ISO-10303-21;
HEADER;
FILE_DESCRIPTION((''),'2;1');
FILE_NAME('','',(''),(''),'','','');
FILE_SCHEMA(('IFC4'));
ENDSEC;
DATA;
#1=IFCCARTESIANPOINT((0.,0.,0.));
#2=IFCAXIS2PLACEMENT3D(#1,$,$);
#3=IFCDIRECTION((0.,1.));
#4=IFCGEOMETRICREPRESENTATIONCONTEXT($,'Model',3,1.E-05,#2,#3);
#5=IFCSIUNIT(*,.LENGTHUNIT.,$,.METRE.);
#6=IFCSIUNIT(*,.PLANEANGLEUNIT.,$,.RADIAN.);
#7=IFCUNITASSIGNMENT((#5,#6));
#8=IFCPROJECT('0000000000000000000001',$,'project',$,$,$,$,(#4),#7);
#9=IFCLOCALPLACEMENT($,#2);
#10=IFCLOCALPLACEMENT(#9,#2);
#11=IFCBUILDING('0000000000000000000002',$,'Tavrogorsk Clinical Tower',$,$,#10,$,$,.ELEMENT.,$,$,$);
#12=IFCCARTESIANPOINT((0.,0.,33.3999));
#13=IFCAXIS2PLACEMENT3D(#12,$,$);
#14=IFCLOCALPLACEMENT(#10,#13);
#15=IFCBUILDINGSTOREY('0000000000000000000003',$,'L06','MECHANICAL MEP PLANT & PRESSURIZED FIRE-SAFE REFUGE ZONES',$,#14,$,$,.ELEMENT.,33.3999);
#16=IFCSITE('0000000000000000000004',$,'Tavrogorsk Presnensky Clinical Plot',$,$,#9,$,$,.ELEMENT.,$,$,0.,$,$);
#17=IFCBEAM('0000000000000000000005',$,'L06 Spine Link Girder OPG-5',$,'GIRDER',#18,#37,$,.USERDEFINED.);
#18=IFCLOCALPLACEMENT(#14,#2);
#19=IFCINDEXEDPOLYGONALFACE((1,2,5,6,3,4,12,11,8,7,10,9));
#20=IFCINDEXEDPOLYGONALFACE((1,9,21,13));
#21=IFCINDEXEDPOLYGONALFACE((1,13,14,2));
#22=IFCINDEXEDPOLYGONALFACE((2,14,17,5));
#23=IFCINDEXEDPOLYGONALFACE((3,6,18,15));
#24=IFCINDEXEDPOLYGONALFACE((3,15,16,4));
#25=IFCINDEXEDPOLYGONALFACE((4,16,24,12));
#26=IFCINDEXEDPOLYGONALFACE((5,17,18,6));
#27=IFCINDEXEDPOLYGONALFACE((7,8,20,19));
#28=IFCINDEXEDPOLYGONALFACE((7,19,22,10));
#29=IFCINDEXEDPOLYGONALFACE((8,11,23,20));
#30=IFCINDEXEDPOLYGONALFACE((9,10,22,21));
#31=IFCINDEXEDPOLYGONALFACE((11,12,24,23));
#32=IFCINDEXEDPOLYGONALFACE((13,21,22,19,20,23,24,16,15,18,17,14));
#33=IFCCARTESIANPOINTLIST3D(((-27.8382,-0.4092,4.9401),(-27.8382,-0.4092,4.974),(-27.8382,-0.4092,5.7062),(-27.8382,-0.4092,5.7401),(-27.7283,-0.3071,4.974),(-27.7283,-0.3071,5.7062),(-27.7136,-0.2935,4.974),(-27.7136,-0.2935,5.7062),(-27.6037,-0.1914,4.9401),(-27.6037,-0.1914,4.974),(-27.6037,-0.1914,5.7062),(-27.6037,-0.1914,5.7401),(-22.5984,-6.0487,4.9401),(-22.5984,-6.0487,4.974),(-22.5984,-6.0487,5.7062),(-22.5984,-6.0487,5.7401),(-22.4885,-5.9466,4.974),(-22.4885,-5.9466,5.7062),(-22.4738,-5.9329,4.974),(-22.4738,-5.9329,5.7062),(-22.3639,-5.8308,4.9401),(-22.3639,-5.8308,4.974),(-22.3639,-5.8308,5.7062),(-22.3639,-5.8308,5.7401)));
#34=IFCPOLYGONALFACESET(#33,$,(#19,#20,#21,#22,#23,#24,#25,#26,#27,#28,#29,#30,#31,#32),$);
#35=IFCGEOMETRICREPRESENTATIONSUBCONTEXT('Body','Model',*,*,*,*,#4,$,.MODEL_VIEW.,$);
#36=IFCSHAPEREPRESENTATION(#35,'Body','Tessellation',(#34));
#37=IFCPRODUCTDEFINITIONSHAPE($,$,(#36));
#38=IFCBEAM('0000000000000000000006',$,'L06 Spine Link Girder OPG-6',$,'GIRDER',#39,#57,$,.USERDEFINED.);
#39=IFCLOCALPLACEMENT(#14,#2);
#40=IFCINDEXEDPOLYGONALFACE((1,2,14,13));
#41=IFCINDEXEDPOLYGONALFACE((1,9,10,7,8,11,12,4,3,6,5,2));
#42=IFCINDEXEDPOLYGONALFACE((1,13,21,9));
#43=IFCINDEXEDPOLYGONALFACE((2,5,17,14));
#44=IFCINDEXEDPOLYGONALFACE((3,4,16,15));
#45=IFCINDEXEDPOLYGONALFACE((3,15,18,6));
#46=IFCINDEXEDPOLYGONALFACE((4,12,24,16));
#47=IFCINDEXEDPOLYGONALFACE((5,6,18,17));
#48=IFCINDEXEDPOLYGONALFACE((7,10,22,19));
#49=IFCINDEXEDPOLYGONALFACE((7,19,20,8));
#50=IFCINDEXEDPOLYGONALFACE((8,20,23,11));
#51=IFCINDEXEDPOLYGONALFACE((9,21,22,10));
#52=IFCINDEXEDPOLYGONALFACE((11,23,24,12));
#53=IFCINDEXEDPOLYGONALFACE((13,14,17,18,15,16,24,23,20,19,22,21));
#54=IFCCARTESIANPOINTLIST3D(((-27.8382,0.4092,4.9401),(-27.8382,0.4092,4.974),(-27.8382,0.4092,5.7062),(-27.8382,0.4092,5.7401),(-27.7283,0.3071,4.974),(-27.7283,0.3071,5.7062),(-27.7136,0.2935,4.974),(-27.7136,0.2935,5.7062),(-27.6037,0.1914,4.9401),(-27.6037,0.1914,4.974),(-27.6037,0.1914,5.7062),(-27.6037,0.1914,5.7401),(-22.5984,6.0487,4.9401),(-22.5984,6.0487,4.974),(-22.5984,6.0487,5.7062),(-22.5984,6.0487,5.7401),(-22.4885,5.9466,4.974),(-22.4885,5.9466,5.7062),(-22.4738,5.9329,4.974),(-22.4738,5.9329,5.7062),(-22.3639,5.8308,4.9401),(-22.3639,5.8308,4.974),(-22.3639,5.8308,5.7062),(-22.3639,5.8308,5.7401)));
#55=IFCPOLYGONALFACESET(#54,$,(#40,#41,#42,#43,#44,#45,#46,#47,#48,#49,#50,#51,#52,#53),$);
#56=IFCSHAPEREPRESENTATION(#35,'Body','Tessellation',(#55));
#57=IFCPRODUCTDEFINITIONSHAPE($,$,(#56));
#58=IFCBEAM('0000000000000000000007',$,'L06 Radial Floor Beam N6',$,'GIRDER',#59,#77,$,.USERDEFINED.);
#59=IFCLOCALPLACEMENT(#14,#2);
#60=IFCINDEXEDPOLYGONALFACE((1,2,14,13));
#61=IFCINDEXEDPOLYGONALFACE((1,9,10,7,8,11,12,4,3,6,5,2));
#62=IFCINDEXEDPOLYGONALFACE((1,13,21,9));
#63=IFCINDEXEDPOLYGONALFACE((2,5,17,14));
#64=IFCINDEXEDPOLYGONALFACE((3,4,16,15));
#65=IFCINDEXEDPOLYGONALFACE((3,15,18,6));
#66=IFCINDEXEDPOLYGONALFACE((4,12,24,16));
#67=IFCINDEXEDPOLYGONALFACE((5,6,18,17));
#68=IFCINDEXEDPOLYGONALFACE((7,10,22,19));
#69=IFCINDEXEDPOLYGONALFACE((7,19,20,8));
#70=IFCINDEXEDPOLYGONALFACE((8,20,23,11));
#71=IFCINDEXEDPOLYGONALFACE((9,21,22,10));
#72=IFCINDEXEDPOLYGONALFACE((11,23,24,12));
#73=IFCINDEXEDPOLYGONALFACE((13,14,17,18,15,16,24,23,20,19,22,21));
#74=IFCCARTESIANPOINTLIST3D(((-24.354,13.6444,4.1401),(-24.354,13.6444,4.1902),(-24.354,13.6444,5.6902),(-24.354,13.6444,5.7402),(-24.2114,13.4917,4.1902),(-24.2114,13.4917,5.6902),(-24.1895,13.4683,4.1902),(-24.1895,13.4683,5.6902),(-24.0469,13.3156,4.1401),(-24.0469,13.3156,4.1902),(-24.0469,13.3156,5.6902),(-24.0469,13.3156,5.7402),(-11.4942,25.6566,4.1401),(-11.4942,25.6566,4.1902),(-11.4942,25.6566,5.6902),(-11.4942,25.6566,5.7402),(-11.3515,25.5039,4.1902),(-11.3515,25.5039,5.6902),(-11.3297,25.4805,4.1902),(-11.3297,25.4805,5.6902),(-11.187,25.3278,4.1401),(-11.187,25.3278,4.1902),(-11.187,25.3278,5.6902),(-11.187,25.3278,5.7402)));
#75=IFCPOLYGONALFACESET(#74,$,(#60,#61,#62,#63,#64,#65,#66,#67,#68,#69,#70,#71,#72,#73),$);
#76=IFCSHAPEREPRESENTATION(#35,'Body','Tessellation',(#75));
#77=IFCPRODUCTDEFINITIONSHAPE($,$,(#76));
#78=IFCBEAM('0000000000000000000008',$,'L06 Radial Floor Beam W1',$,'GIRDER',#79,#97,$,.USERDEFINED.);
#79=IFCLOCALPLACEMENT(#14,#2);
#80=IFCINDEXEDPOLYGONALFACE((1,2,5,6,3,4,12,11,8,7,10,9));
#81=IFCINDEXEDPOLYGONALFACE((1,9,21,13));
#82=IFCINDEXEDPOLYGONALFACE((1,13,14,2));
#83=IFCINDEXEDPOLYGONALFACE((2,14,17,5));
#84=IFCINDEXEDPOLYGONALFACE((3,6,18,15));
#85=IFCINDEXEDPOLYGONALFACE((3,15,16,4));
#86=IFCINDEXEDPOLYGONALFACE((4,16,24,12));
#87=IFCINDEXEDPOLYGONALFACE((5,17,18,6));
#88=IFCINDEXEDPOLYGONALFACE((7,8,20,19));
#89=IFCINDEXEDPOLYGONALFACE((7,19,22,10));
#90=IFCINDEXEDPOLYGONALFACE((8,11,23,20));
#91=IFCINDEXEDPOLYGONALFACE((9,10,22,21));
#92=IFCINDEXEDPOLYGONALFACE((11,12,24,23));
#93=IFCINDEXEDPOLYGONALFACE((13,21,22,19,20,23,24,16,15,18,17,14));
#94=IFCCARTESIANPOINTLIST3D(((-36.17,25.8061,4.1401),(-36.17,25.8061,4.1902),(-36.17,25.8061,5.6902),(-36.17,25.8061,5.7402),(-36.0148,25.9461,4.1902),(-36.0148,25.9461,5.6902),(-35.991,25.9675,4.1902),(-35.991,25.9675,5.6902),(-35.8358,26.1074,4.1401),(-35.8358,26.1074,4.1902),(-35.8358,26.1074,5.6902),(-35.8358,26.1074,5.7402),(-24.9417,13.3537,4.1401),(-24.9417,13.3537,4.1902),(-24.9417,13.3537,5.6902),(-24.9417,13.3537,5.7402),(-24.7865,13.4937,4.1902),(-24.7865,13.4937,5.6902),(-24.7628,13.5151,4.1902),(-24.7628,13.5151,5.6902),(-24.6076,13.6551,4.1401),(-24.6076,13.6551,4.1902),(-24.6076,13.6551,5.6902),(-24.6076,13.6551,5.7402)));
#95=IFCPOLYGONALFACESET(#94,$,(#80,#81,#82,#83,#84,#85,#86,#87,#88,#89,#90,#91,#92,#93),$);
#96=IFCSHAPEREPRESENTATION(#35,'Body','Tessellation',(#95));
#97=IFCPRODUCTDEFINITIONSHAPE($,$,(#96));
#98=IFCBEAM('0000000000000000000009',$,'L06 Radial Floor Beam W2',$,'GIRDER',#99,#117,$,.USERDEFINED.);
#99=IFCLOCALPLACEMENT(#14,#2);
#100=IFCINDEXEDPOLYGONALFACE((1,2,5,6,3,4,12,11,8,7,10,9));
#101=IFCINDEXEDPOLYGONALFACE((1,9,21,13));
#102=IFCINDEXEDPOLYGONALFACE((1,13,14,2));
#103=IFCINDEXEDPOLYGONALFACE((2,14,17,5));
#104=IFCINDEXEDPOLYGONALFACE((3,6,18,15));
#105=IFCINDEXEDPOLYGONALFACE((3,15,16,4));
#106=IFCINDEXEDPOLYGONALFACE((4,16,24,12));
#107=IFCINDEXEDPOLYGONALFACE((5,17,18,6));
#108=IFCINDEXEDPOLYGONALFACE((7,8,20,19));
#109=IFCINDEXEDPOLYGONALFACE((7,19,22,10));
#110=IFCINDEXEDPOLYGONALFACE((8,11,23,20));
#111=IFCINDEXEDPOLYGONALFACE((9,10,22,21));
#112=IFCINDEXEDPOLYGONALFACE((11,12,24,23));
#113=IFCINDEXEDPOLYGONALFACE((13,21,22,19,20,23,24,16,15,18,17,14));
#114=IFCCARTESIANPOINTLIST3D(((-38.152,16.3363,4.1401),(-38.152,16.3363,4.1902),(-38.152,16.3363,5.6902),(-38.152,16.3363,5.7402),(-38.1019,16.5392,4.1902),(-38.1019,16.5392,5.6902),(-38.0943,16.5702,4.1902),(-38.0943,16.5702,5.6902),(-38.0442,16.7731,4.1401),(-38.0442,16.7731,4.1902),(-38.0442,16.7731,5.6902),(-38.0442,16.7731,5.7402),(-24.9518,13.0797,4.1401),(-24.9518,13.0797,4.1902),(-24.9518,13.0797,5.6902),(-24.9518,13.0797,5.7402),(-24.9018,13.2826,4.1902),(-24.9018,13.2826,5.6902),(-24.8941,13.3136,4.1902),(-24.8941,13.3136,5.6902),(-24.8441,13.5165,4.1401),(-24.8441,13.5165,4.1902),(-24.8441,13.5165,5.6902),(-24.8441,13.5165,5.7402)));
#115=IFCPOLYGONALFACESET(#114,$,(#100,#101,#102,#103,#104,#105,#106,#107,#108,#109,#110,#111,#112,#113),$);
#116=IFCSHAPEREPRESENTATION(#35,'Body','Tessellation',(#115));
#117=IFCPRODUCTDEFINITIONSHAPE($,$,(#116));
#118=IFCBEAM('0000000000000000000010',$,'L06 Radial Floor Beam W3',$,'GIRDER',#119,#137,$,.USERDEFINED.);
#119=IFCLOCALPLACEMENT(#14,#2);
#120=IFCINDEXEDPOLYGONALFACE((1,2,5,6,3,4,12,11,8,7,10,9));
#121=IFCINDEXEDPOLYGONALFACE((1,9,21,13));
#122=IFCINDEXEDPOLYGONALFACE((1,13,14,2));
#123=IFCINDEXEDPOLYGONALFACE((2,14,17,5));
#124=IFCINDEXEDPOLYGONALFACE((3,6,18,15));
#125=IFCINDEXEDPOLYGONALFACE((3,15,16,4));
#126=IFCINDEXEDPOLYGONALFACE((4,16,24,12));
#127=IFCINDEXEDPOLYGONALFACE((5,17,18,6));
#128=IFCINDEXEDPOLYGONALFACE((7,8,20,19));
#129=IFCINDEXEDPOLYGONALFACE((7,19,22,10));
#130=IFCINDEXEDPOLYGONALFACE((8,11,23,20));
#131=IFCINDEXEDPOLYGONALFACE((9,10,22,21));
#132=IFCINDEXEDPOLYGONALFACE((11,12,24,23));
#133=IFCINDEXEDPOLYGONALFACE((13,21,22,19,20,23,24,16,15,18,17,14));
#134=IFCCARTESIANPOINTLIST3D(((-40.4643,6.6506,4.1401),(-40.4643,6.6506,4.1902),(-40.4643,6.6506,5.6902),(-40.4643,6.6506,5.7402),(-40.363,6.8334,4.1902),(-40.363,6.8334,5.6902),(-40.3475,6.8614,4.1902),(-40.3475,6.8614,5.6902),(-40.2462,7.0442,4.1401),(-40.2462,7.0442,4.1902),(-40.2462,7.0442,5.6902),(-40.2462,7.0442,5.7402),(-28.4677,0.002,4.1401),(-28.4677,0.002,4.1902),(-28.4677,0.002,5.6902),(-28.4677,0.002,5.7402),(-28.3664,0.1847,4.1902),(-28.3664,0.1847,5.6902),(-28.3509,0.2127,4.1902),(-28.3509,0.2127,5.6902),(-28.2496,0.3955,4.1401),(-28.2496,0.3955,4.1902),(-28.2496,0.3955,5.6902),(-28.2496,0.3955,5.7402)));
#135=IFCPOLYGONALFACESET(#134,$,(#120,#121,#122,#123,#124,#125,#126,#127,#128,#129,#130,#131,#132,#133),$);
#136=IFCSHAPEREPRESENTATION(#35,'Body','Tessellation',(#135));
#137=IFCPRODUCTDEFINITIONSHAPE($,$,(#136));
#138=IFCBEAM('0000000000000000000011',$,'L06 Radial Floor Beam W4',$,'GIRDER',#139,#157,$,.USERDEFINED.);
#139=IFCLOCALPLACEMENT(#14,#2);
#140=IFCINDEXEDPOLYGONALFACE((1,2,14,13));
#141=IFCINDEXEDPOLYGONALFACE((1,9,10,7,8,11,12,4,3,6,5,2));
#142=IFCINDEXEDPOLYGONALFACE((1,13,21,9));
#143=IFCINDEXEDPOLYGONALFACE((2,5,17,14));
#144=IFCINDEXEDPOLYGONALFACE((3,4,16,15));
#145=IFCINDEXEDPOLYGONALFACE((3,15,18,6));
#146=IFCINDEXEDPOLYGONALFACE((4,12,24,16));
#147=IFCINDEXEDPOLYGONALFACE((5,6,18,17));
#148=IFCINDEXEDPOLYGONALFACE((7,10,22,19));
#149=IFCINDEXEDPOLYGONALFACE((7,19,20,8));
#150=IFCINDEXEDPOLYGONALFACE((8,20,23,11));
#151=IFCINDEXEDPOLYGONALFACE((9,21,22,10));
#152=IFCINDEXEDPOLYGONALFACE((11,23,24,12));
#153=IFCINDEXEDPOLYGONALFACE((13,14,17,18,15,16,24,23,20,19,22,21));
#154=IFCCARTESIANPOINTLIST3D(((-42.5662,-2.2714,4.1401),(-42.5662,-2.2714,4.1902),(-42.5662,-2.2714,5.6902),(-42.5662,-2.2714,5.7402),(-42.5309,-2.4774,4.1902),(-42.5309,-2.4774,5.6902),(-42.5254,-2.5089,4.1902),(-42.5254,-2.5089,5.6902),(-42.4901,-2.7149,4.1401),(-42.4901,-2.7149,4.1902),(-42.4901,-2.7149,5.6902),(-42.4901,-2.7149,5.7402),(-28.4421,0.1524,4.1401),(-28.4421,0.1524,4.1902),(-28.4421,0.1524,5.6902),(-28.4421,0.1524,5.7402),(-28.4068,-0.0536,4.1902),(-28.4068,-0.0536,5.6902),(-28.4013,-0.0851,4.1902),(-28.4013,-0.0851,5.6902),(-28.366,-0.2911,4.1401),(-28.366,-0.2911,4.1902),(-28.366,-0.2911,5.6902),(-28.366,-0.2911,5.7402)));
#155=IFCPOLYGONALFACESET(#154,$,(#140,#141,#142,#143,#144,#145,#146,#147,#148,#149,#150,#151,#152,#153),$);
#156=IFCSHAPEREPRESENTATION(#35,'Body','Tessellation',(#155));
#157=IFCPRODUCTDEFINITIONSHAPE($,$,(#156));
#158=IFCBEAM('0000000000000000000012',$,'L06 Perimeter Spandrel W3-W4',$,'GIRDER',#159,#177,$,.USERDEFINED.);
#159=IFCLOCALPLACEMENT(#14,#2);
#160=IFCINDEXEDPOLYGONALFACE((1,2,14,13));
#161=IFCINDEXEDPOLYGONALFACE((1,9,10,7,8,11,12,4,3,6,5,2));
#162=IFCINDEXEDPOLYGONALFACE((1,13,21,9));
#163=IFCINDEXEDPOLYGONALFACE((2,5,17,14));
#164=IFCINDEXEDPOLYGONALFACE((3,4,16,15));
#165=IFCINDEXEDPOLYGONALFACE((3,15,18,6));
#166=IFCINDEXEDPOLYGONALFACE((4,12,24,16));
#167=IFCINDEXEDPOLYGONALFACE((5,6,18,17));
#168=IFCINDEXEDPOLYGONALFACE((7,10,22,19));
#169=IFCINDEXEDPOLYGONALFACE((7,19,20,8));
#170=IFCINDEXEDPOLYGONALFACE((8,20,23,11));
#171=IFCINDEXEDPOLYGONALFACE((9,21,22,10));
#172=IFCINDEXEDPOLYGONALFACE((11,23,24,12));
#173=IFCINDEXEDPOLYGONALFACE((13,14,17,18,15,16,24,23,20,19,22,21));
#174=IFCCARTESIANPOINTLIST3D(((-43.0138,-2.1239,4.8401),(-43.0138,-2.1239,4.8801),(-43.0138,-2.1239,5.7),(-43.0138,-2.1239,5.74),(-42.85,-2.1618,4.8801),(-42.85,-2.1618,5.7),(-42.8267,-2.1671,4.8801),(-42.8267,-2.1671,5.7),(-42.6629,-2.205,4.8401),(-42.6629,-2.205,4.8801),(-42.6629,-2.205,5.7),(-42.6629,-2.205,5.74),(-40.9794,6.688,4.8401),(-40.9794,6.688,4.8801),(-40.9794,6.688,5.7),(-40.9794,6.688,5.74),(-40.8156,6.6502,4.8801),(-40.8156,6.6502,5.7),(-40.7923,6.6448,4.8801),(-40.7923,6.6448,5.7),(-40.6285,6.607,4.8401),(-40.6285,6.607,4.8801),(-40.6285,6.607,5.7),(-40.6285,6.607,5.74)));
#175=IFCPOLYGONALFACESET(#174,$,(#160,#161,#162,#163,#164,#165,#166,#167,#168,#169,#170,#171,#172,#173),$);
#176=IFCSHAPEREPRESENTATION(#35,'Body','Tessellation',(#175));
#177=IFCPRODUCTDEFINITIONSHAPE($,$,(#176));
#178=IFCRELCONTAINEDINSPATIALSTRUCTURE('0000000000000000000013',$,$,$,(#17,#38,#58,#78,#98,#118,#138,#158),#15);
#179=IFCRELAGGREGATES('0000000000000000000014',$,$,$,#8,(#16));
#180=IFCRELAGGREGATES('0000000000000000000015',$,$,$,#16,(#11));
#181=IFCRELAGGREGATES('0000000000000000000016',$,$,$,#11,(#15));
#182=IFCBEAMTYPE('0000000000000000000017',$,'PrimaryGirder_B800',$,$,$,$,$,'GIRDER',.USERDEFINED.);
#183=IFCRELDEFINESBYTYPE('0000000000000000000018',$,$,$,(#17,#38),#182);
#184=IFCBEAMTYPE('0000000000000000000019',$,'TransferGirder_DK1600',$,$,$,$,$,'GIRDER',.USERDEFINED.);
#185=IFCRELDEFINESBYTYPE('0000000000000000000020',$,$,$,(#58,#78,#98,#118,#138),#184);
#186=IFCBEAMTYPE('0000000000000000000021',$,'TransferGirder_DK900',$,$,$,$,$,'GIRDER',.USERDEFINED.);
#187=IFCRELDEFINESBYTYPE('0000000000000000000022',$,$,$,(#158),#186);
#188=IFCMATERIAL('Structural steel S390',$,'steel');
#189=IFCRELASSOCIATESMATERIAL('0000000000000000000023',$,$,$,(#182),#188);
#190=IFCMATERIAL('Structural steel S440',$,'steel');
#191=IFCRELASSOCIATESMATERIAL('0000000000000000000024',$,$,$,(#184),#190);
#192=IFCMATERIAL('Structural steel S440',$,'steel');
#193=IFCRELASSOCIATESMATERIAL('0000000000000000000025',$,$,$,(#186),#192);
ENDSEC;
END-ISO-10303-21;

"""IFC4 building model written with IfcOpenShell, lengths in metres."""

from ifc_helpers import new_model, si_unit, direction, frame, origin, origin_2d, place, context, subcontext, project, spatial, i_section, extrude, material, material_profile, profile_set, type_object, element, save


model = new_model("IFC4")

# Units and contexts
model_context = context("Model", 3, precision=1e-05, world=origin(), true_north=direction((0.0, 1.0)))
body_context = subcontext(model_context, "Body", "Model", "MODEL_VIEW")
ifc_project = project(units=[si_unit("LENGTHUNIT", "METRE"), si_unit("PLANEANGLEUNIT", "RADIAN")], contexts=[model_context])

# Site, building, storey
site_placement = place(None, origin())
site = spatial("IfcSite", under=ifc_project, at=site_placement, Name="Tavrogorsk Presnensky Clinical Plot", CompositionType="ELEMENT", RefElevation=0.0)
building_placement = place(site_placement, origin())
building = spatial("IfcBuilding", under=site, at=building_placement, Name="Tavrogorsk Clinical Tower", CompositionType="ELEMENT")
storey_placement = place(building_placement, frame((0.0, 0.0, 33.3999)))
storey = spatial("IfcBuildingStorey", under=building, at=storey_placement, Name="L06", Description="MECHANICAL MEP PLANT & PRESSURIZED FIRE-SAFE REFUGE ZONES", CompositionType="ELEMENT", Elevation=33.3999)

# Beams
ifc_material_1 = material(Name="Structural steel S390", Category="steel")
ifc_material_profile_1 = material_profile(ifc_material_1, i_section(OverallWidth=0.3201, OverallDepth=0.8, WebThickness=0.02, FlangeThickness=0.0339, at=origin_2d()), Name="B-800x320x20x34")
ifc_profile_set_1 = profile_set([ifc_material_profile_1], Name="Structural steel S390")
beam_type_1 = type_object("IfcBeamType", Name="PrimaryGirder_B800", ElementType="GIRDER", PredefinedType="USERDEFINED", material=ifc_profile_set_1)
for number, where, z_axis, x_axis, name in (
    (1, (-27.7209, -0.3003, 5.3401), (0.680671, -0.732589, 0.0), (0.732589, 0.680671, 0.0), "L06 Spine Link Girder OPG-5"),
    (2, (-27.7209, 0.3003, 5.3401), (0.680671, 0.732589, 0.0), (-0.732589, 0.680671, 0.0), "L06 Spine Link Girder OPG-6"),
):
    element("IfcBeam", number, at=place(storey_placement, frame(where, z_axis=z_axis, x_axis=x_axis)), inside=storey, type_object=beam_type_1, Name=name, ObjectType="GIRDER", PredefinedType="USERDEFINED", context=body_context, shape_type="SweptSolid", body=[
        extrude(i_section(OverallWidth=0.3201, OverallDepth=0.8, WebThickness=0.02, FlangeThickness=0.0339, at=origin_2d()), origin(), (0.0, 0.0, 1.0), 7.698),
    ])
ifc_material_2 = material(Name="Structural steel S440", Category="steel")
ifc_material_profile_2 = material_profile(ifc_material_2, i_section(OverallWidth=0.45, OverallDepth=1.6001, WebThickness=0.032, FlangeThickness=0.05, at=origin_2d()), Name="DK-1600x450x32x50")
ifc_profile_set_2 = profile_set([ifc_material_profile_2], Name="Structural steel S440")
beam_type_2 = type_object("IfcBeamType", Name="TransferGirder_DK1600", ElementType="GIRDER", PredefinedType="USERDEFINED", material=ifc_profile_set_2)
beam_1_placement = place(storey_placement, frame((-24.2004, 13.48, 4.9402), z_axis=(0.730781, 0.682612, 0.0), x_axis=(-0.682612, 0.730781, 0.0)))
element("IfcBeam", 3, at=beam_1_placement, inside=storey, type_object=beam_type_2, Name="L06 Radial Floor Beam N6", ObjectType="GIRDER", PredefinedType="USERDEFINED", context=body_context, shape_type="SweptSolid", body=[
    extrude(i_section(OverallWidth=0.45, OverallDepth=1.6001, WebThickness=0.032, FlangeThickness=0.05, at=origin_2d()), origin(), (0.0, 0.0, 1.0), 17.5974),
])
beam_2_placement = place(storey_placement, frame((-24.7747, 13.5044, 4.9402), z_axis=(-0.66966, 0.742668, 0.0), x_axis=(-0.742668, -0.66966, 0.0)))
element("IfcBeam", 4, at=beam_2_placement, inside=storey, type_object=beam_type_2, Name="L06 Radial Floor Beam W1", ObjectType="GIRDER", PredefinedType="USERDEFINED", context=body_context, shape_type="SweptSolid", body=[
    extrude(i_section(OverallWidth=0.45, OverallDepth=1.6001, WebThickness=0.032, FlangeThickness=0.05, at=origin_2d()), origin(), (0.0, 0.0, 1.0), 16.7671),
])
beam_3_placement = place(storey_placement, frame((-24.8979, 13.2981, 4.9402), z_axis=(-0.97089, 0.239526, 0.0), x_axis=(-0.239526, -0.97089, 0.0)))
element("IfcBeam", 5, at=beam_3_placement, inside=storey, type_object=beam_type_2, Name="L06 Radial Floor Beam W2", ObjectType="GIRDER", PredefinedType="USERDEFINED", context=body_context, shape_type="SweptSolid", body=[
    extrude(i_section(OverallWidth=0.45, OverallDepth=1.6001, WebThickness=0.032, FlangeThickness=0.05, at=origin_2d()), origin(), (0.0, 0.0, 1.0), 13.5959),
])
beam_4_placement = place(storey_placement, frame((-28.3586, 0.1987, 4.9402), z_axis=(-0.874655, 0.484746, 0.0), x_axis=(-0.484746, -0.874655, 0.0)))
element("IfcBeam", 6, at=beam_4_placement, inside=storey, type_object=beam_type_2, Name="L06 Radial Floor Beam W3", ObjectType="GIRDER", PredefinedType="USERDEFINED", context=body_context, shape_type="SweptSolid", body=[
    extrude(i_section(OverallWidth=0.45, OverallDepth=1.6001, WebThickness=0.032, FlangeThickness=0.05, at=origin_2d()), origin(), (0.0, 0.0, 1.0), 13.7158),
])
beam_5_placement = place(storey_placement, frame((-28.4041, -0.0693, 4.9402), z_axis=(-0.985592, -0.169138, 0.0), x_axis=(0.169138, -0.985592, 0.0)))
element("IfcBeam", 7, at=beam_5_placement, inside=storey, type_object=beam_type_2, Name="L06 Radial Floor Beam W4", ObjectType="GIRDER", PredefinedType="USERDEFINED", context=body_context, shape_type="SweptSolid", body=[
    extrude(i_section(OverallWidth=0.45, OverallDepth=1.6001, WebThickness=0.032, FlangeThickness=0.05, at=origin_2d()), origin(), (0.0, 0.0, 1.0), 14.3306),
])
ifc_material_3 = material(Name="Structural steel S440", Category="steel")
ifc_material_profile_3 = material_profile(ifc_material_3, i_section(OverallWidth=0.3601, OverallDepth=0.8999, WebThickness=0.0239, FlangeThickness=0.04, at=origin_2d()), Name="DK-900x360x24x40")
ifc_profile_set_3 = profile_set([ifc_material_profile_3], Name="Structural steel S440")
beam_type_3 = type_object("IfcBeamType", Name="TransferGirder_DK900", ElementType="GIRDER", PredefinedType="USERDEFINED", material=ifc_profile_set_3)
beam_6_placement = place(storey_placement, frame((-40.804, 6.6475, 5.29), z_axis=(-0.224952, -0.97437, 0.0), x_axis=(0.97437, -0.224952, 0.0)))
element("IfcBeam", 8, at=beam_6_placement, inside=storey, type_object=beam_type_3, Name="L06 Perimeter Spandrel W3-W4", ObjectType="GIRDER", PredefinedType="USERDEFINED", context=body_context, shape_type="SweptSolid", body=[
    extrude(i_section(OverallWidth=0.3601, OverallDepth=0.8999, WebThickness=0.0239, FlangeThickness=0.04, at=origin_2d()), origin(), (0.0, 0.0, 1.0), 9.0437),
])

save(model, "model.ifc")
